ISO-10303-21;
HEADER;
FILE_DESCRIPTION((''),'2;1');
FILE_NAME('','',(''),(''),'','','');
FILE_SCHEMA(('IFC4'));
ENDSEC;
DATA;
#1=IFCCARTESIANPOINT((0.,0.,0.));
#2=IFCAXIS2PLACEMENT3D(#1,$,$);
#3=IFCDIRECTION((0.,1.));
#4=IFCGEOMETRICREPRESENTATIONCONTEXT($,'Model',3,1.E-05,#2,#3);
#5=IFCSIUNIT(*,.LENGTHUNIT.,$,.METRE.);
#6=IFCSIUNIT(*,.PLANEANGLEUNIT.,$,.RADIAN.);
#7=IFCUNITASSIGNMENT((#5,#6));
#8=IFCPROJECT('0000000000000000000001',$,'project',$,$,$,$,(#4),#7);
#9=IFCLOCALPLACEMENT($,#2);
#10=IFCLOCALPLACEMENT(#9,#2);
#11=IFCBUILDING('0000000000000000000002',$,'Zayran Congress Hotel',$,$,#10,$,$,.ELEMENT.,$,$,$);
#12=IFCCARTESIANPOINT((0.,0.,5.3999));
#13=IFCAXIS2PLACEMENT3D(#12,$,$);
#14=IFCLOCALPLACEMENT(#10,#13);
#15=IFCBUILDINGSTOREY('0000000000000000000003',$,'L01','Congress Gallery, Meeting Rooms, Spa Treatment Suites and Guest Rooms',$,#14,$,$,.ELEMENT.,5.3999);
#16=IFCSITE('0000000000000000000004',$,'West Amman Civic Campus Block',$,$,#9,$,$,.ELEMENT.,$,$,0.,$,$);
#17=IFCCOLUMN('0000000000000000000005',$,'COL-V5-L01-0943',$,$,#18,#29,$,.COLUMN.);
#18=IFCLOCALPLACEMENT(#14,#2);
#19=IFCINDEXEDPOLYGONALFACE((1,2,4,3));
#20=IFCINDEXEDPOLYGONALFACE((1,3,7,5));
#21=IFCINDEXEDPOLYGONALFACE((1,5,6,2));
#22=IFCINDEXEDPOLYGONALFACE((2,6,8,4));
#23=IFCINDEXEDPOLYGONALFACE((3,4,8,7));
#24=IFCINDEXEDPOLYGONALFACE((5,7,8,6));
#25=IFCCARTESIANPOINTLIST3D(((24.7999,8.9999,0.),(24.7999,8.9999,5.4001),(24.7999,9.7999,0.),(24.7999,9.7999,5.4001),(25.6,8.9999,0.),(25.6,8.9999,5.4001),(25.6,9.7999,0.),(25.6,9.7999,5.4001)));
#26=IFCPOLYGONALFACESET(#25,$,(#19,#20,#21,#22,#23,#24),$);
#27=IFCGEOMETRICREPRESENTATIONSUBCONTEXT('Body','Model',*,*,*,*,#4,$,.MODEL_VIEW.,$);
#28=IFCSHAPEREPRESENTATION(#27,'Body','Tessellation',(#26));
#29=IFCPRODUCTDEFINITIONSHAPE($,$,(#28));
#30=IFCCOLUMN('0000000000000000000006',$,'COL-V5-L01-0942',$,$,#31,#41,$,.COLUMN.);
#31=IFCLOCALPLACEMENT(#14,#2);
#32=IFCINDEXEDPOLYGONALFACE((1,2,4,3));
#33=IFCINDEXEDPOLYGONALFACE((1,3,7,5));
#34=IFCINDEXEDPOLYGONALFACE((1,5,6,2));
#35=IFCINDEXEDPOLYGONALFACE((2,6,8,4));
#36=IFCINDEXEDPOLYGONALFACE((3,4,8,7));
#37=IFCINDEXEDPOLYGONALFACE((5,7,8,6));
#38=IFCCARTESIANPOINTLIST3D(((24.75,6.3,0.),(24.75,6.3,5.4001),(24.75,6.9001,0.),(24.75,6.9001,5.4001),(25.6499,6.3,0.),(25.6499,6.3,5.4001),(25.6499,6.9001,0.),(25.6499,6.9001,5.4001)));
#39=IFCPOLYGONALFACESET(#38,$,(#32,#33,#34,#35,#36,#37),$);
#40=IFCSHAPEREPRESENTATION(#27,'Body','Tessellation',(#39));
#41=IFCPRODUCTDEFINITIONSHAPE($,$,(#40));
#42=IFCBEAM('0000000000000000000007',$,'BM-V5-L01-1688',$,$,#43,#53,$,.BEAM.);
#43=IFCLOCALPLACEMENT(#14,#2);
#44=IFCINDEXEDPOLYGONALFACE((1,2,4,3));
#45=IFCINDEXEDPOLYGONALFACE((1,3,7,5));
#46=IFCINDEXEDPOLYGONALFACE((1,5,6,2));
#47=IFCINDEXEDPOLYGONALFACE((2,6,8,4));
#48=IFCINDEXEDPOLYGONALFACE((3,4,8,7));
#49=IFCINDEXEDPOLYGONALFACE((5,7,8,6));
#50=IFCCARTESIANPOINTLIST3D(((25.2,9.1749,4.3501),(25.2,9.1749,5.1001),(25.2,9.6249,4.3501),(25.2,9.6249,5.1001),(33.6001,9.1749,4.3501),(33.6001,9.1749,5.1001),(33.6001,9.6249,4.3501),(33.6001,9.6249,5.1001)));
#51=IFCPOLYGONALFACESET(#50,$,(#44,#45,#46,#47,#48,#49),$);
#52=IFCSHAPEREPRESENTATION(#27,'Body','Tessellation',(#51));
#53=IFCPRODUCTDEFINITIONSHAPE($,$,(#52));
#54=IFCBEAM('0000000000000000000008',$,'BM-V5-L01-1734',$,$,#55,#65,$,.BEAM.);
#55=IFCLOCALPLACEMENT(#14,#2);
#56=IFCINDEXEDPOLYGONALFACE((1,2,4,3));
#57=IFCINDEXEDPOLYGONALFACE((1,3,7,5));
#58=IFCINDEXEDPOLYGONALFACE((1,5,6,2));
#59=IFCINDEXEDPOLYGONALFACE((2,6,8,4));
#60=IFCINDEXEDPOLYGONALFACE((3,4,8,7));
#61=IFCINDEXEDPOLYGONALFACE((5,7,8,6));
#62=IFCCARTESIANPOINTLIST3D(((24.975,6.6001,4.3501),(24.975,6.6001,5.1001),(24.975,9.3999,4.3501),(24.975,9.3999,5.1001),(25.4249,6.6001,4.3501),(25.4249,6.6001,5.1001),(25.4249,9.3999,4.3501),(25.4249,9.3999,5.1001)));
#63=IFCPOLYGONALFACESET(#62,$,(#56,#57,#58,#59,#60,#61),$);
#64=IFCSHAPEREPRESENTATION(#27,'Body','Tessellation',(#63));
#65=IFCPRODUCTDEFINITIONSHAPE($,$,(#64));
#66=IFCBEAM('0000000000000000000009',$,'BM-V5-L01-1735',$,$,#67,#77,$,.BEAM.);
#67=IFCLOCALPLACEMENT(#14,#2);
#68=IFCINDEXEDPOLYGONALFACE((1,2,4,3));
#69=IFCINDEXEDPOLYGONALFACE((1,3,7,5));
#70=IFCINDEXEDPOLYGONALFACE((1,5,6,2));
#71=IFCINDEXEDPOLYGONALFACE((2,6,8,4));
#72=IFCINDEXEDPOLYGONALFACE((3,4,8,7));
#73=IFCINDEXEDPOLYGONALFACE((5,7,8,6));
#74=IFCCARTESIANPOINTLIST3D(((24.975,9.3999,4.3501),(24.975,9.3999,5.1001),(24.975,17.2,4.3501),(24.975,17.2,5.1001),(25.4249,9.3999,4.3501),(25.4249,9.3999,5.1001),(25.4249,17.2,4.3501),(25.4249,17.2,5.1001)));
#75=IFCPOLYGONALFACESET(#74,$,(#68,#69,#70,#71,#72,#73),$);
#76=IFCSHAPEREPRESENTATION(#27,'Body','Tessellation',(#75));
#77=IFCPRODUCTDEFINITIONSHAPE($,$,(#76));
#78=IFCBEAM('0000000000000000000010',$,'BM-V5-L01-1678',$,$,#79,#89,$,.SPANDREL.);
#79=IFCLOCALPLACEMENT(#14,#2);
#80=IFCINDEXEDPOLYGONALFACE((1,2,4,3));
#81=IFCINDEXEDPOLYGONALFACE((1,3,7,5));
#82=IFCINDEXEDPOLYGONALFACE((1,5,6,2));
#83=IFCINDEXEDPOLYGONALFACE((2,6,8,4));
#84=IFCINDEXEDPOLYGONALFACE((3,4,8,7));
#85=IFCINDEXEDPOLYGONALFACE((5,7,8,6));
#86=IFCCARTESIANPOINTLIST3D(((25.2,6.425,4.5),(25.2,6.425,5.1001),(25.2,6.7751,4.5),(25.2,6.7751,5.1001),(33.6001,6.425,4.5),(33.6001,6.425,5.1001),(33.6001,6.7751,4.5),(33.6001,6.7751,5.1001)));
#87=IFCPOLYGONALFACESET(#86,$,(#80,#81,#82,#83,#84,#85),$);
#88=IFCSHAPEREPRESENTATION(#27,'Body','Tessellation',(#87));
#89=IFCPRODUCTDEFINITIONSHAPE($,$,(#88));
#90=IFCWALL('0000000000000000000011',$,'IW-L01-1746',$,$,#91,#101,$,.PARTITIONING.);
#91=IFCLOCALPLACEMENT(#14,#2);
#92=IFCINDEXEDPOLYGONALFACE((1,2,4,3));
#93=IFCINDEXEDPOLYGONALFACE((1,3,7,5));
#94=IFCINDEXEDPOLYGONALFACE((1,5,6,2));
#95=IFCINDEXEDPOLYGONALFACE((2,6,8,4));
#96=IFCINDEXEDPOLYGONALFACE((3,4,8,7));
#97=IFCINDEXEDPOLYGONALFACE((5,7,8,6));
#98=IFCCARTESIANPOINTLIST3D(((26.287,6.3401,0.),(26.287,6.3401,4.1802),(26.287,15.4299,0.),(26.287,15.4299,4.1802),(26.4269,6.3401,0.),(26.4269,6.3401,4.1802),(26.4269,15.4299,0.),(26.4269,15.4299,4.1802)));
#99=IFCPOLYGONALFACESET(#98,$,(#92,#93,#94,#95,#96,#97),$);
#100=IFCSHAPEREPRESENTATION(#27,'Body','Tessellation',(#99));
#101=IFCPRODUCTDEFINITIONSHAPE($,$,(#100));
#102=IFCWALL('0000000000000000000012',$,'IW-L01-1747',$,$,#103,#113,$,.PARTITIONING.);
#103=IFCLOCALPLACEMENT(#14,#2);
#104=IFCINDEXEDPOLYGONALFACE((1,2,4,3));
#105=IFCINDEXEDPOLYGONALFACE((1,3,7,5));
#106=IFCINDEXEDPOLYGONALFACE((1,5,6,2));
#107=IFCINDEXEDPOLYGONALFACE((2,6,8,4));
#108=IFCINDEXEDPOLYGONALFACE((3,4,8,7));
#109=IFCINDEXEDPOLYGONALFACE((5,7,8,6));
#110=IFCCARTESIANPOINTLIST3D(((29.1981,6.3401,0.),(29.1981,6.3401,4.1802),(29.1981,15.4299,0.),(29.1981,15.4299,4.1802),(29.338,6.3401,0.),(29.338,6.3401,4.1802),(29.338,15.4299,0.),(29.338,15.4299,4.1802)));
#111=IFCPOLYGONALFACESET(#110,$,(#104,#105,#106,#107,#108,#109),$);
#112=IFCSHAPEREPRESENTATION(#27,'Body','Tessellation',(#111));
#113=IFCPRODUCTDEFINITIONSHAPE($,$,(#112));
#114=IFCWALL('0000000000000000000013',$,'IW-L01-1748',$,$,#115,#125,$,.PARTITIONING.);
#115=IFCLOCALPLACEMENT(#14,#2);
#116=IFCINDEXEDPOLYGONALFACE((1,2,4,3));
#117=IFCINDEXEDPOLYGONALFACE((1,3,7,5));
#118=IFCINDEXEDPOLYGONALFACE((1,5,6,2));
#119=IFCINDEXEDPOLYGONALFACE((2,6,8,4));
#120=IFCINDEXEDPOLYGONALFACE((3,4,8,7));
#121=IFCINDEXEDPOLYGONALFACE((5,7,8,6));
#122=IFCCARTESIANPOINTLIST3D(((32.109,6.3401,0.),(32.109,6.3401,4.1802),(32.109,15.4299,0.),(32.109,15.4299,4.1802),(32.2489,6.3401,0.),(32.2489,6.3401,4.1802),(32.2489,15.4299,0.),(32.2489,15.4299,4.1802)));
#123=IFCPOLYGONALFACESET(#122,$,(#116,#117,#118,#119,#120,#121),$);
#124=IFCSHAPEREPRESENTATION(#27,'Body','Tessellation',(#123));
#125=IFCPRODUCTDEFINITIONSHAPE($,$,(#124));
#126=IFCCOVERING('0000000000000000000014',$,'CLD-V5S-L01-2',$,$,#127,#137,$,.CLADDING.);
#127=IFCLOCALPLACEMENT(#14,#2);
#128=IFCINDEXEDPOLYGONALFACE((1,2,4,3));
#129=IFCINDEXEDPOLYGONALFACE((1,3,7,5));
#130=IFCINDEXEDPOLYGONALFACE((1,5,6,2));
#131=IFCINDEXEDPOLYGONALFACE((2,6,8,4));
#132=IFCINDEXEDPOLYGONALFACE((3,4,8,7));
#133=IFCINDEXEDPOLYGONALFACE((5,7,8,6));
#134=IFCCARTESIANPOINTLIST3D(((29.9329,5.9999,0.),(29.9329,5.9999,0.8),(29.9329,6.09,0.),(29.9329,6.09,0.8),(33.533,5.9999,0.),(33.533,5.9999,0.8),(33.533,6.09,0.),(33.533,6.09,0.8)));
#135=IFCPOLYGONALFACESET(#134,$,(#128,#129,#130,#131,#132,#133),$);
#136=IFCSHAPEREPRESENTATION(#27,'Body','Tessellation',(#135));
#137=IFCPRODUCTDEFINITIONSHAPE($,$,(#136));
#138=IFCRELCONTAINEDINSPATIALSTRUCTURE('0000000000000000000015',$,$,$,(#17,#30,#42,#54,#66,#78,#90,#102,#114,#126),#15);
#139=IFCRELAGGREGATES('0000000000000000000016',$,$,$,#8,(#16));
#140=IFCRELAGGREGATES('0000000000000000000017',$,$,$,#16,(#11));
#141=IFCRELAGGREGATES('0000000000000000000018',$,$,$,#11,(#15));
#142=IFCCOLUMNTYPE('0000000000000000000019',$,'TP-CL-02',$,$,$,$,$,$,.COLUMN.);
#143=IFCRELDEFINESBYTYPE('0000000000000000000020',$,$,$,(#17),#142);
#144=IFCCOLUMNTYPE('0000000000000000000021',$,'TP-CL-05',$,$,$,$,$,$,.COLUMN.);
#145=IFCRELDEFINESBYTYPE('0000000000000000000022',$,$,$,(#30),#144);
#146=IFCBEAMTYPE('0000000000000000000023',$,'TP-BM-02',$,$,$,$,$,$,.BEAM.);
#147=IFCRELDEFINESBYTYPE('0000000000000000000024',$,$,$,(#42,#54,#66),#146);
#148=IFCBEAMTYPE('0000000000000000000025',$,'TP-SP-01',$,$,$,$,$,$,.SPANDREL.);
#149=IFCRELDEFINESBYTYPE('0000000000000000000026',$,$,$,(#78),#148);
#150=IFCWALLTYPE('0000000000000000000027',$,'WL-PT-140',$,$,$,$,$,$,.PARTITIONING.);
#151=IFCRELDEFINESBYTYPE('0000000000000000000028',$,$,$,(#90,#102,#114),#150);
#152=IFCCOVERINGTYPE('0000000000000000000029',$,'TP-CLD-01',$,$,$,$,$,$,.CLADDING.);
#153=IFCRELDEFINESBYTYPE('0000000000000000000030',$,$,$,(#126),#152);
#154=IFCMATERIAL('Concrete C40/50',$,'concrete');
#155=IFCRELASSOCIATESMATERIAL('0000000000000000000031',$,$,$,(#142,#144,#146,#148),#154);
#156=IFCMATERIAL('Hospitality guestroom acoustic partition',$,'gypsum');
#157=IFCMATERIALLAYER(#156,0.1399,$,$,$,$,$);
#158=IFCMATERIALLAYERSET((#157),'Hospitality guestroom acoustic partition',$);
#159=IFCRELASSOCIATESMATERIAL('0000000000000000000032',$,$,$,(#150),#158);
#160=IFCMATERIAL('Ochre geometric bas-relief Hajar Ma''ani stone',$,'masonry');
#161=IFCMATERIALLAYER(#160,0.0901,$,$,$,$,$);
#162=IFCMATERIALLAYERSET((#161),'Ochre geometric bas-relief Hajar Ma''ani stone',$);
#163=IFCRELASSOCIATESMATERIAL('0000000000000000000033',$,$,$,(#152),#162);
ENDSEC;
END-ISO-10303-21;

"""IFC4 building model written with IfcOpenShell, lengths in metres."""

from ifc_helpers import new_model, si_unit, direction, frame, frame_2d, origin, origin_2d, place, context, subcontext, project, spatial, rectangle, extrude, material, layer, layer_set, material_profile, profile_set, type_object, element, save


model = new_model("IFC4")

# Units and contexts
model_context = context("Model", 3, precision=1e-05, world=origin(), true_north=direction((0.0, 1.0)))
body_context = subcontext(model_context, "Body", "Model", "MODEL_VIEW")
ifc_project = project(units=[si_unit("LENGTHUNIT", "METRE"), si_unit("PLANEANGLEUNIT", "RADIAN")], contexts=[model_context])

# Site, building, storey
site_placement = place(None, origin())
site = spatial("IfcSite", under=ifc_project, at=site_placement, Name="West Amman Civic Campus Block", CompositionType="ELEMENT", RefElevation=0.0)
building_placement = place(site_placement, origin())
building = spatial("IfcBuilding", under=site, at=building_placement, Name="Zayran Congress Hotel", CompositionType="ELEMENT")
storey_placement = place(building_placement, frame((0.0, 0.0, 5.3999)))
storey = spatial("IfcBuildingStorey", under=building, at=storey_placement, Name="L01", Description="Congress Gallery, Meeting Rooms, Spa Treatment Suites and Guest Rooms", CompositionType="ELEMENT", Elevation=5.3999)

# Columns
ifc_material_1 = material(Name="Concrete C40/50", Category="concrete")
ifc_material_profile_1 = material_profile(ifc_material_1, rectangle(XDim=0.8, YDim=0.8, at=origin_2d()), Name="RC 800x800")
ifc_profile_set_1 = profile_set([ifc_material_profile_1], Name="Concrete C40/50")
column_type_1 = type_object("IfcColumnType", Name="TP-CL-02", PredefinedType="COLUMN", material=ifc_profile_set_1)
column_1_placement = place(storey_placement, frame((25.2, 9.3999, 0.0), z_axis=(0.0, 0.0, 1.0), x_axis=(1.0, 0.0, 0.0)))
element("IfcColumn", 1, at=column_1_placement, inside=storey, type_object=column_type_1, Name="COL-V5-L01-0943", PredefinedType="COLUMN", context=body_context, shape_type="SweptSolid", body=[
    extrude(rectangle(XDim=0.8, YDim=0.8, at=origin_2d()), origin(), (0.0, 0.0, 1.0), 5.4001),
])
ifc_material_profile_2 = material_profile(ifc_material_1, rectangle(XDim=0.6001, YDim=0.8999, at=origin_2d()), Name="RC 900x600")
ifc_profile_set_2 = profile_set([ifc_material_profile_2], Name="Concrete C40/50")
column_type_2 = type_object("IfcColumnType", Name="TP-CL-05", PredefinedType="COLUMN", material=ifc_profile_set_2)
column_2_placement = place(storey_placement, frame((25.2, 6.6001, 0.0), z_axis=(0.0, 0.0, 1.0), x_axis=(0.0, 1.0, 0.0)))
element("IfcColumn", 2, at=column_2_placement, inside=storey, type_object=column_type_2, Name="COL-V5-L01-0942", PredefinedType="COLUMN", context=body_context, shape_type="SweptSolid", body=[
    extrude(rectangle(XDim=0.6001, YDim=0.8999, at=origin_2d()), origin(), (0.0, 0.0, 1.0), 5.4001),
])

# Beams
ifc_material_profile_3 = material_profile(ifc_material_1, rectangle(XDim=0.45, YDim=0.75, at=origin_2d()), Name="RC 450x750")
ifc_profile_set_3 = profile_set([ifc_material_profile_3], Name="Concrete C40/50")
beam_type_1 = type_object("IfcBeamType", Name="TP-BM-02", PredefinedType="BEAM", material=ifc_profile_set_3)
beam_1_placement = place(storey_placement, frame((25.2, 9.3999, 4.7251), z_axis=(1.0, 0.0, 0.0), x_axis=(0.0, 1.0, 0.0)))
element("IfcBeam", 3, at=beam_1_placement, inside=storey, type_object=beam_type_1, Name="BM-V5-L01-1688", PredefinedType="BEAM", context=body_context, shape_type="SweptSolid", body=[
    extrude(rectangle(XDim=0.45, YDim=0.75, at=origin_2d()), origin(), (0.0, 0.0, 1.0), 8.4001),
])
beam_2_placement = place(storey_placement, frame((25.2, 6.6001, 4.7251), z_axis=(0.0, 1.0, 0.0), x_axis=(-1.0, 0.0, 0.0)))
element("IfcBeam", 4, at=beam_2_placement, inside=storey, type_object=beam_type_1, Name="BM-V5-L01-1734", PredefinedType="BEAM", context=body_context, shape_type="SweptSolid", body=[
    extrude(rectangle(XDim=0.45, YDim=0.75, at=origin_2d()), origin(), (0.0, 0.0, 1.0), 2.7998),
])
beam_3_placement = place(storey_placement, frame((25.2, 9.3999, 4.7251), z_axis=(0.0, 1.0, 0.0), x_axis=(-1.0, 0.0, 0.0)))
element("IfcBeam", 5, at=beam_3_placement, inside=storey, type_object=beam_type_1, Name="BM-V5-L01-1735", PredefinedType="BEAM", context=body_context, shape_type="SweptSolid", body=[
    extrude(rectangle(XDim=0.45, YDim=0.75, at=origin_2d()), origin(), (0.0, 0.0, 1.0), 7.8),
])
ifc_material_profile_4 = material_profile(ifc_material_1, rectangle(XDim=0.3501, YDim=0.6001, at=origin_2d()), Name="RC 350x600")
ifc_profile_set_4 = profile_set([ifc_material_profile_4], Name="Concrete C40/50")
beam_type_2 = type_object("IfcBeamType", Name="TP-SP-01", PredefinedType="SPANDREL", material=ifc_profile_set_4)
beam_4_placement = place(storey_placement, frame((25.2, 6.6001, 4.8), z_axis=(1.0, 0.0, 0.0), x_axis=(0.0, 1.0, 0.0)))
element("IfcBeam", 6, at=beam_4_placement, inside=storey, type_object=beam_type_2, Name="BM-V5-L01-1678", PredefinedType="SPANDREL", context=body_context, shape_type="SweptSolid", body=[
    extrude(rectangle(XDim=0.3501, YDim=0.6001, at=origin_2d()), origin(), (0.0, 0.0, 1.0), 8.4001),
])

# Walls
ifc_material_2 = material(Name="Hospitality guestroom acoustic partition", Category="gypsum")
ifc_layer_1 = layer(ifc_material_2, 0.1399)
ifc_layer_set_1 = layer_set([ifc_layer_1], Name="Hospitality guestroom acoustic partition")
wall_type_1 = type_object("IfcWallType", Name="WL-PT-140", PredefinedType="PARTITIONING", material=ifc_layer_set_1)
for number, where, z_axis, x_axis, name in (
    (7, (26.3569, 6.3401, 0.0), (0.0, 0.0, 1.0), (0.0, 1.0, 0.0), "IW-L01-1746"),
    (8, (29.2681, 6.3401, 0.0), (0.0, 0.0, 1.0), (0.0, 1.0, 0.0), "IW-L01-1747"),
    (9, (32.179, 6.3401, 0.0), (0.0, 0.0, 1.0), (0.0, 1.0, 0.0), "IW-L01-1748"),
):
    element("IfcWall", number, at=place(storey_placement, frame(where, z_axis=z_axis, x_axis=x_axis)), inside=storey, type_object=wall_type_1, Name=name, PredefinedType="PARTITIONING", context=body_context, shape_type="SweptSolid", body=[
        extrude(rectangle(XDim=9.0898, YDim=0.1399, at=frame_2d((4.5449, 0.0))), origin(), (0.0, 0.0, 1.0), 4.1802),
    ])

# Covering
ifc_material_3 = material(Name="Ochre geometric bas-relief Hajar Ma'ani stone", Category="masonry")
ifc_layer_2 = layer(ifc_material_3, 0.0901)
ifc_layer_set_2 = layer_set([ifc_layer_2], Name="Ochre geometric bas-relief Hajar Ma'ani stone")
covering_type = type_object("IfcCoveringType", Name="TP-CLD-01", PredefinedType="CLADDING", material=ifc_layer_set_2)
covering_placement = place(storey_placement, frame((31.7329, 6.0449, 0.0), z_axis=(0.0, 0.0, 1.0), x_axis=(1.0, 0.0, 0.0)))
element("IfcCovering", 10, at=covering_placement, inside=storey, type_object=covering_type, Name="CLD-V5S-L01-2", PredefinedType="CLADDING", context=body_context, shape_type="SweptSolid", body=[
    extrude(rectangle(XDim=3.6001, YDim=0.0901, at=origin_2d()), origin(), (0.0, 0.0, 1.0), 0.8),
])

save(model, "model.ifc")
